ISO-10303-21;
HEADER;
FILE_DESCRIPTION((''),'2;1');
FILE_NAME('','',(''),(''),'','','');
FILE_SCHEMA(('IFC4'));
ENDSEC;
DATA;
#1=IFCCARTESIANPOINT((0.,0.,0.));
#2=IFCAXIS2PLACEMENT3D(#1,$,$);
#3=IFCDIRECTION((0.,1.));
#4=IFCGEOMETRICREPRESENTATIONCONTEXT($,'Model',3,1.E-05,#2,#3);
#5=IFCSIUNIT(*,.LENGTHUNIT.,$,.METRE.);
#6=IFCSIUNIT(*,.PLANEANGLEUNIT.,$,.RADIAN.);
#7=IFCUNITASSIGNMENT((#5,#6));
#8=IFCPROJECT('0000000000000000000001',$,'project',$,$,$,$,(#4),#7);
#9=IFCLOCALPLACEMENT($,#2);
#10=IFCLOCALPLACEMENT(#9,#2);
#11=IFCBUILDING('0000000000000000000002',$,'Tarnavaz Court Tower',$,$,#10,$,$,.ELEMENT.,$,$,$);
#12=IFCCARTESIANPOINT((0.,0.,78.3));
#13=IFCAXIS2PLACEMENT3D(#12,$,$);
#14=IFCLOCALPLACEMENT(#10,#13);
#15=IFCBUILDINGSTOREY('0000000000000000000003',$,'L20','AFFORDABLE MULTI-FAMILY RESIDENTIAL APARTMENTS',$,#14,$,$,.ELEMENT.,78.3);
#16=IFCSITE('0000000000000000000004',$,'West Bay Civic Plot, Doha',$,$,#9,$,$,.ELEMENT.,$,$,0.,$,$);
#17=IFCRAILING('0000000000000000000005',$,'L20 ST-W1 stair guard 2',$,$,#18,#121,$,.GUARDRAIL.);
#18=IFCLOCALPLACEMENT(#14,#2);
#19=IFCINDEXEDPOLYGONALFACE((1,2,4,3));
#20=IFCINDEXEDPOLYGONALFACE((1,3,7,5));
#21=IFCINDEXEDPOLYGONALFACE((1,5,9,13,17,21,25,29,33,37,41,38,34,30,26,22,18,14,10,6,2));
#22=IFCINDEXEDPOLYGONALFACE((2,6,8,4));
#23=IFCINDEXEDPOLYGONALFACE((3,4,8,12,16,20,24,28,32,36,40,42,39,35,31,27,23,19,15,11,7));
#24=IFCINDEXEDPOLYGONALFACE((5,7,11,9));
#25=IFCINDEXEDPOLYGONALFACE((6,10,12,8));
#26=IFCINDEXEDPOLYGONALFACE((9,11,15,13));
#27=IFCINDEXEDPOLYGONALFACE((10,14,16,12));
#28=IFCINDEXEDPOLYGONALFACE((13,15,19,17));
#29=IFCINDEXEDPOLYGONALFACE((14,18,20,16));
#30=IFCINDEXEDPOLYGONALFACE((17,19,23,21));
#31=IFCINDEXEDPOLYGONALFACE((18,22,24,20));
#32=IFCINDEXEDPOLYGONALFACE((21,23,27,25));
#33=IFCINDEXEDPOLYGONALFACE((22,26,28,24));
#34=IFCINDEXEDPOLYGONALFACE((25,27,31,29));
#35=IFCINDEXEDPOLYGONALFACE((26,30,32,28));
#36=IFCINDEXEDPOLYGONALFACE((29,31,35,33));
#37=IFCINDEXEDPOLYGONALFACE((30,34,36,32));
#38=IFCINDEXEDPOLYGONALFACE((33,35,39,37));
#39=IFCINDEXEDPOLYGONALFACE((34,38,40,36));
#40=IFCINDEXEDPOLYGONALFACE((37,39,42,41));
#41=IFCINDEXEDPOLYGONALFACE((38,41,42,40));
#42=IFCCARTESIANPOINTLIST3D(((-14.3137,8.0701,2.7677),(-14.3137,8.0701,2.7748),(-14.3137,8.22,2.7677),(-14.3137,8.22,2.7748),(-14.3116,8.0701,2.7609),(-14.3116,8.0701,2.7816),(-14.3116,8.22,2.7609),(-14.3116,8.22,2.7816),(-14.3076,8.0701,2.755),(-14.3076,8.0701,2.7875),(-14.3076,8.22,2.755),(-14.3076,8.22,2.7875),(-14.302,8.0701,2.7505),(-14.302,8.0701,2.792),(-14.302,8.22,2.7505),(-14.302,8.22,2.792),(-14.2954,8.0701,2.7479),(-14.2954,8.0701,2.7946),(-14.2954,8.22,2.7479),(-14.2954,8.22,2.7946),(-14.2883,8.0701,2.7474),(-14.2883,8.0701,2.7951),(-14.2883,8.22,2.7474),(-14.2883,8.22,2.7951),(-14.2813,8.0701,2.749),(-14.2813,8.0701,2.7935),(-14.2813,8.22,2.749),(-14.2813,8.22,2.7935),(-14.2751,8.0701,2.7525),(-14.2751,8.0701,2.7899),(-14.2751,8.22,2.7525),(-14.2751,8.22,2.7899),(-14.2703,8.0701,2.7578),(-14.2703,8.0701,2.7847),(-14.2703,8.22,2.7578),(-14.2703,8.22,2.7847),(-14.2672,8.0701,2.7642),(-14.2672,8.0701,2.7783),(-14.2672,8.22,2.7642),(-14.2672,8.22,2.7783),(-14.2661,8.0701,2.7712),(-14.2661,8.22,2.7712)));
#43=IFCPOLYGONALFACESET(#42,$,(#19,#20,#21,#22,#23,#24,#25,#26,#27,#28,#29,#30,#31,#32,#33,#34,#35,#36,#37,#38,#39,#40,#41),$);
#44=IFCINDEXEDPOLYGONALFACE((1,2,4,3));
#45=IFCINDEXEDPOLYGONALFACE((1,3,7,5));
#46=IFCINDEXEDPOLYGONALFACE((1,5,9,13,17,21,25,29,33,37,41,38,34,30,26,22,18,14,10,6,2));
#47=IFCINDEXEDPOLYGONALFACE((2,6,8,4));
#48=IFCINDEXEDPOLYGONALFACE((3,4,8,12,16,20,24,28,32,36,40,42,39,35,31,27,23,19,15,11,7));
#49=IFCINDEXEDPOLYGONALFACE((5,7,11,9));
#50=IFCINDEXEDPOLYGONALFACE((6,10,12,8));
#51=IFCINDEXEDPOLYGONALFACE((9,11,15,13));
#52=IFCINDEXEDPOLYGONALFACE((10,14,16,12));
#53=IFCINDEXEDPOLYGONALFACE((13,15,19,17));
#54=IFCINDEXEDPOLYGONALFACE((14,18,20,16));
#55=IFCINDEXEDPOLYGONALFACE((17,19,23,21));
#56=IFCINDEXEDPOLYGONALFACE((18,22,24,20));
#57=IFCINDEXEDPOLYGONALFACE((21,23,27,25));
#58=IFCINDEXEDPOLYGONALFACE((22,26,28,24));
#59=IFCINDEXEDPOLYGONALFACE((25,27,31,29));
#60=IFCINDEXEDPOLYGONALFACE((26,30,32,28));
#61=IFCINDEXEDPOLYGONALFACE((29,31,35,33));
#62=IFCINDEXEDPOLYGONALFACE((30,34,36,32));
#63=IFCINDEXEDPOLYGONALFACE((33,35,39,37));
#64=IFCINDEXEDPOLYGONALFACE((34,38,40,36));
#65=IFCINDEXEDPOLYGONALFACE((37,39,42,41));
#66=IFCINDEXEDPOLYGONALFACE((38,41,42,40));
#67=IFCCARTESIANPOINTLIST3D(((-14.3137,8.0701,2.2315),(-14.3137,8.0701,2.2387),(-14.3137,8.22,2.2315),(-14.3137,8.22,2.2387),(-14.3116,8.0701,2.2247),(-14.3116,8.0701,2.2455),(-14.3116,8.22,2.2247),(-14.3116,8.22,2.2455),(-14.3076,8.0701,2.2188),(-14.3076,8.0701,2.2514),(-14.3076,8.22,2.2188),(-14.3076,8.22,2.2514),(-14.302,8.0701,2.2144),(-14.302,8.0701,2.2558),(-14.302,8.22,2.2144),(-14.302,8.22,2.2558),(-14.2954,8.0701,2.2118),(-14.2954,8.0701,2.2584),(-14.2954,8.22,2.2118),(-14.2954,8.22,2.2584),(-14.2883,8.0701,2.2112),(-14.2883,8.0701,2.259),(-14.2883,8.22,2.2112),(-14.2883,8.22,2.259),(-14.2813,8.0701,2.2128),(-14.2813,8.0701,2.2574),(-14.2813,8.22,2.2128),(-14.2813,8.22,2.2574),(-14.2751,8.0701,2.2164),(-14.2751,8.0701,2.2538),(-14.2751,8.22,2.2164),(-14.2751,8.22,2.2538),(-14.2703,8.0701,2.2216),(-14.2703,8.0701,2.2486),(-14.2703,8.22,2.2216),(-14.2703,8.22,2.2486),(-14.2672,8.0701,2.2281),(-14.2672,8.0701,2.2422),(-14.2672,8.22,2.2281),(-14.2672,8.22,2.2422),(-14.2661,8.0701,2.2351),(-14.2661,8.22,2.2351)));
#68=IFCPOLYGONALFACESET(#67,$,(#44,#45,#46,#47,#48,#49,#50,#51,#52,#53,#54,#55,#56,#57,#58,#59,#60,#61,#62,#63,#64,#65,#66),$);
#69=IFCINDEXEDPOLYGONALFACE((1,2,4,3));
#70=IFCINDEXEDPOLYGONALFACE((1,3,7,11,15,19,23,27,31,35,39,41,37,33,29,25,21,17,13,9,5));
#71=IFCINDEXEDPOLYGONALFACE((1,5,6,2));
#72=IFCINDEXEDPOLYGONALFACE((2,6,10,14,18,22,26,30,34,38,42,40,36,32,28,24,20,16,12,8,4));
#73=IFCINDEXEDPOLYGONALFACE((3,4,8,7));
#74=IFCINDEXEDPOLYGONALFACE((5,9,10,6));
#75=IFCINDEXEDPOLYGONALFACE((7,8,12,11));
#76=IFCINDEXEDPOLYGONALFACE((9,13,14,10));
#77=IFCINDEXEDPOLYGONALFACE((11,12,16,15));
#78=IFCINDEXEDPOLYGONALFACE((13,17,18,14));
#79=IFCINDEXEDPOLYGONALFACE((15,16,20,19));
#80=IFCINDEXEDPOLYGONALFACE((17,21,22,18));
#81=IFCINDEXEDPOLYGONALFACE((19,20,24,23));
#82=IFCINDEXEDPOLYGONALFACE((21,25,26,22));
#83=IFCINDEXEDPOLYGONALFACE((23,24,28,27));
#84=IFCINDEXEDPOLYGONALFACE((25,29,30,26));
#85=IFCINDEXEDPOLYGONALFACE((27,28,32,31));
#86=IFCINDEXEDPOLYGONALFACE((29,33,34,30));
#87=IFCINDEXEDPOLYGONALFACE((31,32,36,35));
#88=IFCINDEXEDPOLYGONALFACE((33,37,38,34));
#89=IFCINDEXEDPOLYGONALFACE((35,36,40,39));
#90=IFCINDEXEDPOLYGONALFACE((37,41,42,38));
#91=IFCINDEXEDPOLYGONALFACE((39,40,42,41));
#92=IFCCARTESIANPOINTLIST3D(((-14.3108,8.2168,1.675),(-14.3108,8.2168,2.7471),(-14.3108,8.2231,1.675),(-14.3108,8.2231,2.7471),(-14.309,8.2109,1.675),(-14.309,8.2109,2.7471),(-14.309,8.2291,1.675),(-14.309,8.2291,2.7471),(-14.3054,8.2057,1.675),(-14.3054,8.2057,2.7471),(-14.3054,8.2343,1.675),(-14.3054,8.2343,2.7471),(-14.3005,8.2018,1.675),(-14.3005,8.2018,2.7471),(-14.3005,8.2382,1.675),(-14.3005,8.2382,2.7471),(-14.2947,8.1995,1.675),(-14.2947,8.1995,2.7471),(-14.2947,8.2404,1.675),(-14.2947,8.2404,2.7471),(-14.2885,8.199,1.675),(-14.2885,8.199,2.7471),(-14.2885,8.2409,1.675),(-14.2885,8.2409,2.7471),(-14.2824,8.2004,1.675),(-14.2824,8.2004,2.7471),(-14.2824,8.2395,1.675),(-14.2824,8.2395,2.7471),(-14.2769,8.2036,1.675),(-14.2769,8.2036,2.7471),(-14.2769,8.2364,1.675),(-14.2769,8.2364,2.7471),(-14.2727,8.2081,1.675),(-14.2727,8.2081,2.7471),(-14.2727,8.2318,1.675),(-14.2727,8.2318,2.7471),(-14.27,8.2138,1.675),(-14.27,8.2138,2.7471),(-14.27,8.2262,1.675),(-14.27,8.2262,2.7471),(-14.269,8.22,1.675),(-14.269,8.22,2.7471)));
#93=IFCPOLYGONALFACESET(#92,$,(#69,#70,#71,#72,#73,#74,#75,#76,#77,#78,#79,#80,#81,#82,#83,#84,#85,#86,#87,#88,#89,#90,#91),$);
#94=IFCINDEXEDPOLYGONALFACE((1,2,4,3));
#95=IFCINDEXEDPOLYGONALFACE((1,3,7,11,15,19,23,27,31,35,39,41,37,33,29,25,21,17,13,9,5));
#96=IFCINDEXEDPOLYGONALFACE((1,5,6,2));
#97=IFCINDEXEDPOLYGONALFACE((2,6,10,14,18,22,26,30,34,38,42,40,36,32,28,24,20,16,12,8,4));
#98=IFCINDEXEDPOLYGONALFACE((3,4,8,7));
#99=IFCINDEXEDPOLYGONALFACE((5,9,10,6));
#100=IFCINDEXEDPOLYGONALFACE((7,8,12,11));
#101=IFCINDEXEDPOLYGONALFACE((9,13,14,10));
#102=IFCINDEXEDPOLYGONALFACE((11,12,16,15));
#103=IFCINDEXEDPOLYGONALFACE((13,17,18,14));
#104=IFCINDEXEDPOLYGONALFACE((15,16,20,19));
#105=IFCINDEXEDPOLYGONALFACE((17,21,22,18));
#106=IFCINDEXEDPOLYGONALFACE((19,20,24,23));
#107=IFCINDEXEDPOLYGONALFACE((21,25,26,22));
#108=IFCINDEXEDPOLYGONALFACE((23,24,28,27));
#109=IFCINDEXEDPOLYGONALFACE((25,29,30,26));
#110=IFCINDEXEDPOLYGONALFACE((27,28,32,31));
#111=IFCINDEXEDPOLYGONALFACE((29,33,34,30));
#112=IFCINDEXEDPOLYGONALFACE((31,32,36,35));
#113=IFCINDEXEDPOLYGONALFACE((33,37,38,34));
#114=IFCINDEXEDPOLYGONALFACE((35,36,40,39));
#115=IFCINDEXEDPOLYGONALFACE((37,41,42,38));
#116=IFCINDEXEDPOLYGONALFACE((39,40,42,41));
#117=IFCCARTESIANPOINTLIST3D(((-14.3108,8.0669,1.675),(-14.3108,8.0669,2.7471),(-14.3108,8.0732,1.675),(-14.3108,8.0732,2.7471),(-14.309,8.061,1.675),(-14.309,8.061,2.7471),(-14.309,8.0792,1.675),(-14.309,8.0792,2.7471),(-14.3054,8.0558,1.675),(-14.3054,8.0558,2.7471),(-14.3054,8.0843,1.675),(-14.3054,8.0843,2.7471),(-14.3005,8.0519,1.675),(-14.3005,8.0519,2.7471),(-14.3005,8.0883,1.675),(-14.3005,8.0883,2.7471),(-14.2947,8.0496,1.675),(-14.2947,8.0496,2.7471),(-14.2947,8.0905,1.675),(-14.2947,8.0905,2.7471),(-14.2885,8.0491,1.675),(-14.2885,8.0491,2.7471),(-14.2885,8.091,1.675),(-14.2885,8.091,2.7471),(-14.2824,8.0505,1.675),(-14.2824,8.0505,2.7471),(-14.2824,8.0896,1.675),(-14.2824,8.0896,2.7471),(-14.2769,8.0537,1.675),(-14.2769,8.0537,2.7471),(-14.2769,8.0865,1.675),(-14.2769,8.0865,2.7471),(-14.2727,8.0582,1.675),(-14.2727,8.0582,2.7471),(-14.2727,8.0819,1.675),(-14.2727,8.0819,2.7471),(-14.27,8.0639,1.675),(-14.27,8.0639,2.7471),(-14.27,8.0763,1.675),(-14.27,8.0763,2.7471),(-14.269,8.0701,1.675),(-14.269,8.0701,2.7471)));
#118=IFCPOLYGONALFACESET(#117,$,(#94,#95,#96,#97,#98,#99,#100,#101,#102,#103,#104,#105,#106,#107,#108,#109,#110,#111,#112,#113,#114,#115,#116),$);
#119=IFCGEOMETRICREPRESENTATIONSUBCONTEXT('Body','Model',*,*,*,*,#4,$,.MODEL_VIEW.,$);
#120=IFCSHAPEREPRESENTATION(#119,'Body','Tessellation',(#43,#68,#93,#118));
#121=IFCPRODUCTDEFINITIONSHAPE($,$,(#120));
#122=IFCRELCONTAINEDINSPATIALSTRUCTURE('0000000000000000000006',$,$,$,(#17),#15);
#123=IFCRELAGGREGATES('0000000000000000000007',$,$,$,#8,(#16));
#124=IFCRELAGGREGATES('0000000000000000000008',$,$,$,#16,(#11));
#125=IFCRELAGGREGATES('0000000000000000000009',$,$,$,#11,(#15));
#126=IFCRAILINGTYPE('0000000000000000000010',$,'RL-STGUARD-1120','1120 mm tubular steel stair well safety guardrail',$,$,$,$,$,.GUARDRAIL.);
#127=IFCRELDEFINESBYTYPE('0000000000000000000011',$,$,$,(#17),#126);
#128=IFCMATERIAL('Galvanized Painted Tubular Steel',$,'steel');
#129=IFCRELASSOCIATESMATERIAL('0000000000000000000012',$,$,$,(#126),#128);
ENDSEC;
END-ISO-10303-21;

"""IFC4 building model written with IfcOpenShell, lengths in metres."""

from ifc_helpers import new_model, si_unit, direction, frame, origin, origin_2d, place, context, subcontext, project, spatial, circle, extrude, material, type_object, element, save


model = new_model("IFC4")

# Units and contexts
model_context = context("Model", 3, precision=1e-05, world=origin(), true_north=direction((0.0, 1.0)))
body_context = subcontext(model_context, "Body", "Model", "MODEL_VIEW")
ifc_project = project(units=[si_unit("LENGTHUNIT", "METRE"), si_unit("PLANEANGLEUNIT", "RADIAN")], contexts=[model_context])

# Site, building, storey
site_placement = place(None, origin())
site = spatial("IfcSite", under=ifc_project, at=site_placement, Name="West Bay Civic Plot, Doha", CompositionType="ELEMENT", RefElevation=0.0)
building_placement = place(site_placement, origin())
building = spatial("IfcBuilding", under=site, at=building_placement, Name="Tarnavaz Court Tower", CompositionType="ELEMENT")
storey_placement = place(building_placement, frame((0.0, 0.0, 78.3)))
storey = spatial("IfcBuildingStorey", under=building, at=storey_placement, Name="L20", Description="AFFORDABLE MULTI-FAMILY RESIDENTIAL APARTMENTS", CompositionType="ELEMENT", Elevation=78.3)

# Railing
ifc_material_1 = material(Name="Galvanized Painted Tubular Steel", Category="steel")
railing_type_1 = type_object("IfcRailingType", Name="RL-STGUARD-1120", Description="1120 mm tubular steel stair well safety guardrail", PredefinedType="GUARDRAIL", material=ifc_material_1)
railing_1_placement = place(storey_placement, frame((-14.29, 8.22, 1.675)))
element("IfcRailing", 1, at=railing_1_placement, inside=storey, type_object=railing_type_1, Name="L20 ST-W1 stair guard 2", PredefinedType="GUARDRAIL", context=body_context, shape_type="SweptSolid", body=[
    extrude(circle(Radius=0.0239, at=origin_2d()), frame((0.0, 0.0, 1.0962), z_axis=(0.0, -1.0, 0.0), x_axis=(1.0, 0.0, 0.0)), (0.0, 0.0, 1.0), 0.1499),
    extrude(circle(Radius=0.0239, at=origin_2d()), frame((0.0, 0.0, 0.5601), z_axis=(0.0, -1.0, 0.0), x_axis=(1.0, 0.0, 0.0)), (0.0, 0.0, 1.0), 0.1499),
    extrude(circle(Radius=0.021, at=origin_2d()), origin(), (0.0, 0.0, 1.0), 1.072),
    extrude(circle(Radius=0.021, at=origin_2d()), frame((0.0, -0.1499, 0.0)), (0.0, 0.0, 1.0), 1.072),
])

save(model, "model.ifc")
